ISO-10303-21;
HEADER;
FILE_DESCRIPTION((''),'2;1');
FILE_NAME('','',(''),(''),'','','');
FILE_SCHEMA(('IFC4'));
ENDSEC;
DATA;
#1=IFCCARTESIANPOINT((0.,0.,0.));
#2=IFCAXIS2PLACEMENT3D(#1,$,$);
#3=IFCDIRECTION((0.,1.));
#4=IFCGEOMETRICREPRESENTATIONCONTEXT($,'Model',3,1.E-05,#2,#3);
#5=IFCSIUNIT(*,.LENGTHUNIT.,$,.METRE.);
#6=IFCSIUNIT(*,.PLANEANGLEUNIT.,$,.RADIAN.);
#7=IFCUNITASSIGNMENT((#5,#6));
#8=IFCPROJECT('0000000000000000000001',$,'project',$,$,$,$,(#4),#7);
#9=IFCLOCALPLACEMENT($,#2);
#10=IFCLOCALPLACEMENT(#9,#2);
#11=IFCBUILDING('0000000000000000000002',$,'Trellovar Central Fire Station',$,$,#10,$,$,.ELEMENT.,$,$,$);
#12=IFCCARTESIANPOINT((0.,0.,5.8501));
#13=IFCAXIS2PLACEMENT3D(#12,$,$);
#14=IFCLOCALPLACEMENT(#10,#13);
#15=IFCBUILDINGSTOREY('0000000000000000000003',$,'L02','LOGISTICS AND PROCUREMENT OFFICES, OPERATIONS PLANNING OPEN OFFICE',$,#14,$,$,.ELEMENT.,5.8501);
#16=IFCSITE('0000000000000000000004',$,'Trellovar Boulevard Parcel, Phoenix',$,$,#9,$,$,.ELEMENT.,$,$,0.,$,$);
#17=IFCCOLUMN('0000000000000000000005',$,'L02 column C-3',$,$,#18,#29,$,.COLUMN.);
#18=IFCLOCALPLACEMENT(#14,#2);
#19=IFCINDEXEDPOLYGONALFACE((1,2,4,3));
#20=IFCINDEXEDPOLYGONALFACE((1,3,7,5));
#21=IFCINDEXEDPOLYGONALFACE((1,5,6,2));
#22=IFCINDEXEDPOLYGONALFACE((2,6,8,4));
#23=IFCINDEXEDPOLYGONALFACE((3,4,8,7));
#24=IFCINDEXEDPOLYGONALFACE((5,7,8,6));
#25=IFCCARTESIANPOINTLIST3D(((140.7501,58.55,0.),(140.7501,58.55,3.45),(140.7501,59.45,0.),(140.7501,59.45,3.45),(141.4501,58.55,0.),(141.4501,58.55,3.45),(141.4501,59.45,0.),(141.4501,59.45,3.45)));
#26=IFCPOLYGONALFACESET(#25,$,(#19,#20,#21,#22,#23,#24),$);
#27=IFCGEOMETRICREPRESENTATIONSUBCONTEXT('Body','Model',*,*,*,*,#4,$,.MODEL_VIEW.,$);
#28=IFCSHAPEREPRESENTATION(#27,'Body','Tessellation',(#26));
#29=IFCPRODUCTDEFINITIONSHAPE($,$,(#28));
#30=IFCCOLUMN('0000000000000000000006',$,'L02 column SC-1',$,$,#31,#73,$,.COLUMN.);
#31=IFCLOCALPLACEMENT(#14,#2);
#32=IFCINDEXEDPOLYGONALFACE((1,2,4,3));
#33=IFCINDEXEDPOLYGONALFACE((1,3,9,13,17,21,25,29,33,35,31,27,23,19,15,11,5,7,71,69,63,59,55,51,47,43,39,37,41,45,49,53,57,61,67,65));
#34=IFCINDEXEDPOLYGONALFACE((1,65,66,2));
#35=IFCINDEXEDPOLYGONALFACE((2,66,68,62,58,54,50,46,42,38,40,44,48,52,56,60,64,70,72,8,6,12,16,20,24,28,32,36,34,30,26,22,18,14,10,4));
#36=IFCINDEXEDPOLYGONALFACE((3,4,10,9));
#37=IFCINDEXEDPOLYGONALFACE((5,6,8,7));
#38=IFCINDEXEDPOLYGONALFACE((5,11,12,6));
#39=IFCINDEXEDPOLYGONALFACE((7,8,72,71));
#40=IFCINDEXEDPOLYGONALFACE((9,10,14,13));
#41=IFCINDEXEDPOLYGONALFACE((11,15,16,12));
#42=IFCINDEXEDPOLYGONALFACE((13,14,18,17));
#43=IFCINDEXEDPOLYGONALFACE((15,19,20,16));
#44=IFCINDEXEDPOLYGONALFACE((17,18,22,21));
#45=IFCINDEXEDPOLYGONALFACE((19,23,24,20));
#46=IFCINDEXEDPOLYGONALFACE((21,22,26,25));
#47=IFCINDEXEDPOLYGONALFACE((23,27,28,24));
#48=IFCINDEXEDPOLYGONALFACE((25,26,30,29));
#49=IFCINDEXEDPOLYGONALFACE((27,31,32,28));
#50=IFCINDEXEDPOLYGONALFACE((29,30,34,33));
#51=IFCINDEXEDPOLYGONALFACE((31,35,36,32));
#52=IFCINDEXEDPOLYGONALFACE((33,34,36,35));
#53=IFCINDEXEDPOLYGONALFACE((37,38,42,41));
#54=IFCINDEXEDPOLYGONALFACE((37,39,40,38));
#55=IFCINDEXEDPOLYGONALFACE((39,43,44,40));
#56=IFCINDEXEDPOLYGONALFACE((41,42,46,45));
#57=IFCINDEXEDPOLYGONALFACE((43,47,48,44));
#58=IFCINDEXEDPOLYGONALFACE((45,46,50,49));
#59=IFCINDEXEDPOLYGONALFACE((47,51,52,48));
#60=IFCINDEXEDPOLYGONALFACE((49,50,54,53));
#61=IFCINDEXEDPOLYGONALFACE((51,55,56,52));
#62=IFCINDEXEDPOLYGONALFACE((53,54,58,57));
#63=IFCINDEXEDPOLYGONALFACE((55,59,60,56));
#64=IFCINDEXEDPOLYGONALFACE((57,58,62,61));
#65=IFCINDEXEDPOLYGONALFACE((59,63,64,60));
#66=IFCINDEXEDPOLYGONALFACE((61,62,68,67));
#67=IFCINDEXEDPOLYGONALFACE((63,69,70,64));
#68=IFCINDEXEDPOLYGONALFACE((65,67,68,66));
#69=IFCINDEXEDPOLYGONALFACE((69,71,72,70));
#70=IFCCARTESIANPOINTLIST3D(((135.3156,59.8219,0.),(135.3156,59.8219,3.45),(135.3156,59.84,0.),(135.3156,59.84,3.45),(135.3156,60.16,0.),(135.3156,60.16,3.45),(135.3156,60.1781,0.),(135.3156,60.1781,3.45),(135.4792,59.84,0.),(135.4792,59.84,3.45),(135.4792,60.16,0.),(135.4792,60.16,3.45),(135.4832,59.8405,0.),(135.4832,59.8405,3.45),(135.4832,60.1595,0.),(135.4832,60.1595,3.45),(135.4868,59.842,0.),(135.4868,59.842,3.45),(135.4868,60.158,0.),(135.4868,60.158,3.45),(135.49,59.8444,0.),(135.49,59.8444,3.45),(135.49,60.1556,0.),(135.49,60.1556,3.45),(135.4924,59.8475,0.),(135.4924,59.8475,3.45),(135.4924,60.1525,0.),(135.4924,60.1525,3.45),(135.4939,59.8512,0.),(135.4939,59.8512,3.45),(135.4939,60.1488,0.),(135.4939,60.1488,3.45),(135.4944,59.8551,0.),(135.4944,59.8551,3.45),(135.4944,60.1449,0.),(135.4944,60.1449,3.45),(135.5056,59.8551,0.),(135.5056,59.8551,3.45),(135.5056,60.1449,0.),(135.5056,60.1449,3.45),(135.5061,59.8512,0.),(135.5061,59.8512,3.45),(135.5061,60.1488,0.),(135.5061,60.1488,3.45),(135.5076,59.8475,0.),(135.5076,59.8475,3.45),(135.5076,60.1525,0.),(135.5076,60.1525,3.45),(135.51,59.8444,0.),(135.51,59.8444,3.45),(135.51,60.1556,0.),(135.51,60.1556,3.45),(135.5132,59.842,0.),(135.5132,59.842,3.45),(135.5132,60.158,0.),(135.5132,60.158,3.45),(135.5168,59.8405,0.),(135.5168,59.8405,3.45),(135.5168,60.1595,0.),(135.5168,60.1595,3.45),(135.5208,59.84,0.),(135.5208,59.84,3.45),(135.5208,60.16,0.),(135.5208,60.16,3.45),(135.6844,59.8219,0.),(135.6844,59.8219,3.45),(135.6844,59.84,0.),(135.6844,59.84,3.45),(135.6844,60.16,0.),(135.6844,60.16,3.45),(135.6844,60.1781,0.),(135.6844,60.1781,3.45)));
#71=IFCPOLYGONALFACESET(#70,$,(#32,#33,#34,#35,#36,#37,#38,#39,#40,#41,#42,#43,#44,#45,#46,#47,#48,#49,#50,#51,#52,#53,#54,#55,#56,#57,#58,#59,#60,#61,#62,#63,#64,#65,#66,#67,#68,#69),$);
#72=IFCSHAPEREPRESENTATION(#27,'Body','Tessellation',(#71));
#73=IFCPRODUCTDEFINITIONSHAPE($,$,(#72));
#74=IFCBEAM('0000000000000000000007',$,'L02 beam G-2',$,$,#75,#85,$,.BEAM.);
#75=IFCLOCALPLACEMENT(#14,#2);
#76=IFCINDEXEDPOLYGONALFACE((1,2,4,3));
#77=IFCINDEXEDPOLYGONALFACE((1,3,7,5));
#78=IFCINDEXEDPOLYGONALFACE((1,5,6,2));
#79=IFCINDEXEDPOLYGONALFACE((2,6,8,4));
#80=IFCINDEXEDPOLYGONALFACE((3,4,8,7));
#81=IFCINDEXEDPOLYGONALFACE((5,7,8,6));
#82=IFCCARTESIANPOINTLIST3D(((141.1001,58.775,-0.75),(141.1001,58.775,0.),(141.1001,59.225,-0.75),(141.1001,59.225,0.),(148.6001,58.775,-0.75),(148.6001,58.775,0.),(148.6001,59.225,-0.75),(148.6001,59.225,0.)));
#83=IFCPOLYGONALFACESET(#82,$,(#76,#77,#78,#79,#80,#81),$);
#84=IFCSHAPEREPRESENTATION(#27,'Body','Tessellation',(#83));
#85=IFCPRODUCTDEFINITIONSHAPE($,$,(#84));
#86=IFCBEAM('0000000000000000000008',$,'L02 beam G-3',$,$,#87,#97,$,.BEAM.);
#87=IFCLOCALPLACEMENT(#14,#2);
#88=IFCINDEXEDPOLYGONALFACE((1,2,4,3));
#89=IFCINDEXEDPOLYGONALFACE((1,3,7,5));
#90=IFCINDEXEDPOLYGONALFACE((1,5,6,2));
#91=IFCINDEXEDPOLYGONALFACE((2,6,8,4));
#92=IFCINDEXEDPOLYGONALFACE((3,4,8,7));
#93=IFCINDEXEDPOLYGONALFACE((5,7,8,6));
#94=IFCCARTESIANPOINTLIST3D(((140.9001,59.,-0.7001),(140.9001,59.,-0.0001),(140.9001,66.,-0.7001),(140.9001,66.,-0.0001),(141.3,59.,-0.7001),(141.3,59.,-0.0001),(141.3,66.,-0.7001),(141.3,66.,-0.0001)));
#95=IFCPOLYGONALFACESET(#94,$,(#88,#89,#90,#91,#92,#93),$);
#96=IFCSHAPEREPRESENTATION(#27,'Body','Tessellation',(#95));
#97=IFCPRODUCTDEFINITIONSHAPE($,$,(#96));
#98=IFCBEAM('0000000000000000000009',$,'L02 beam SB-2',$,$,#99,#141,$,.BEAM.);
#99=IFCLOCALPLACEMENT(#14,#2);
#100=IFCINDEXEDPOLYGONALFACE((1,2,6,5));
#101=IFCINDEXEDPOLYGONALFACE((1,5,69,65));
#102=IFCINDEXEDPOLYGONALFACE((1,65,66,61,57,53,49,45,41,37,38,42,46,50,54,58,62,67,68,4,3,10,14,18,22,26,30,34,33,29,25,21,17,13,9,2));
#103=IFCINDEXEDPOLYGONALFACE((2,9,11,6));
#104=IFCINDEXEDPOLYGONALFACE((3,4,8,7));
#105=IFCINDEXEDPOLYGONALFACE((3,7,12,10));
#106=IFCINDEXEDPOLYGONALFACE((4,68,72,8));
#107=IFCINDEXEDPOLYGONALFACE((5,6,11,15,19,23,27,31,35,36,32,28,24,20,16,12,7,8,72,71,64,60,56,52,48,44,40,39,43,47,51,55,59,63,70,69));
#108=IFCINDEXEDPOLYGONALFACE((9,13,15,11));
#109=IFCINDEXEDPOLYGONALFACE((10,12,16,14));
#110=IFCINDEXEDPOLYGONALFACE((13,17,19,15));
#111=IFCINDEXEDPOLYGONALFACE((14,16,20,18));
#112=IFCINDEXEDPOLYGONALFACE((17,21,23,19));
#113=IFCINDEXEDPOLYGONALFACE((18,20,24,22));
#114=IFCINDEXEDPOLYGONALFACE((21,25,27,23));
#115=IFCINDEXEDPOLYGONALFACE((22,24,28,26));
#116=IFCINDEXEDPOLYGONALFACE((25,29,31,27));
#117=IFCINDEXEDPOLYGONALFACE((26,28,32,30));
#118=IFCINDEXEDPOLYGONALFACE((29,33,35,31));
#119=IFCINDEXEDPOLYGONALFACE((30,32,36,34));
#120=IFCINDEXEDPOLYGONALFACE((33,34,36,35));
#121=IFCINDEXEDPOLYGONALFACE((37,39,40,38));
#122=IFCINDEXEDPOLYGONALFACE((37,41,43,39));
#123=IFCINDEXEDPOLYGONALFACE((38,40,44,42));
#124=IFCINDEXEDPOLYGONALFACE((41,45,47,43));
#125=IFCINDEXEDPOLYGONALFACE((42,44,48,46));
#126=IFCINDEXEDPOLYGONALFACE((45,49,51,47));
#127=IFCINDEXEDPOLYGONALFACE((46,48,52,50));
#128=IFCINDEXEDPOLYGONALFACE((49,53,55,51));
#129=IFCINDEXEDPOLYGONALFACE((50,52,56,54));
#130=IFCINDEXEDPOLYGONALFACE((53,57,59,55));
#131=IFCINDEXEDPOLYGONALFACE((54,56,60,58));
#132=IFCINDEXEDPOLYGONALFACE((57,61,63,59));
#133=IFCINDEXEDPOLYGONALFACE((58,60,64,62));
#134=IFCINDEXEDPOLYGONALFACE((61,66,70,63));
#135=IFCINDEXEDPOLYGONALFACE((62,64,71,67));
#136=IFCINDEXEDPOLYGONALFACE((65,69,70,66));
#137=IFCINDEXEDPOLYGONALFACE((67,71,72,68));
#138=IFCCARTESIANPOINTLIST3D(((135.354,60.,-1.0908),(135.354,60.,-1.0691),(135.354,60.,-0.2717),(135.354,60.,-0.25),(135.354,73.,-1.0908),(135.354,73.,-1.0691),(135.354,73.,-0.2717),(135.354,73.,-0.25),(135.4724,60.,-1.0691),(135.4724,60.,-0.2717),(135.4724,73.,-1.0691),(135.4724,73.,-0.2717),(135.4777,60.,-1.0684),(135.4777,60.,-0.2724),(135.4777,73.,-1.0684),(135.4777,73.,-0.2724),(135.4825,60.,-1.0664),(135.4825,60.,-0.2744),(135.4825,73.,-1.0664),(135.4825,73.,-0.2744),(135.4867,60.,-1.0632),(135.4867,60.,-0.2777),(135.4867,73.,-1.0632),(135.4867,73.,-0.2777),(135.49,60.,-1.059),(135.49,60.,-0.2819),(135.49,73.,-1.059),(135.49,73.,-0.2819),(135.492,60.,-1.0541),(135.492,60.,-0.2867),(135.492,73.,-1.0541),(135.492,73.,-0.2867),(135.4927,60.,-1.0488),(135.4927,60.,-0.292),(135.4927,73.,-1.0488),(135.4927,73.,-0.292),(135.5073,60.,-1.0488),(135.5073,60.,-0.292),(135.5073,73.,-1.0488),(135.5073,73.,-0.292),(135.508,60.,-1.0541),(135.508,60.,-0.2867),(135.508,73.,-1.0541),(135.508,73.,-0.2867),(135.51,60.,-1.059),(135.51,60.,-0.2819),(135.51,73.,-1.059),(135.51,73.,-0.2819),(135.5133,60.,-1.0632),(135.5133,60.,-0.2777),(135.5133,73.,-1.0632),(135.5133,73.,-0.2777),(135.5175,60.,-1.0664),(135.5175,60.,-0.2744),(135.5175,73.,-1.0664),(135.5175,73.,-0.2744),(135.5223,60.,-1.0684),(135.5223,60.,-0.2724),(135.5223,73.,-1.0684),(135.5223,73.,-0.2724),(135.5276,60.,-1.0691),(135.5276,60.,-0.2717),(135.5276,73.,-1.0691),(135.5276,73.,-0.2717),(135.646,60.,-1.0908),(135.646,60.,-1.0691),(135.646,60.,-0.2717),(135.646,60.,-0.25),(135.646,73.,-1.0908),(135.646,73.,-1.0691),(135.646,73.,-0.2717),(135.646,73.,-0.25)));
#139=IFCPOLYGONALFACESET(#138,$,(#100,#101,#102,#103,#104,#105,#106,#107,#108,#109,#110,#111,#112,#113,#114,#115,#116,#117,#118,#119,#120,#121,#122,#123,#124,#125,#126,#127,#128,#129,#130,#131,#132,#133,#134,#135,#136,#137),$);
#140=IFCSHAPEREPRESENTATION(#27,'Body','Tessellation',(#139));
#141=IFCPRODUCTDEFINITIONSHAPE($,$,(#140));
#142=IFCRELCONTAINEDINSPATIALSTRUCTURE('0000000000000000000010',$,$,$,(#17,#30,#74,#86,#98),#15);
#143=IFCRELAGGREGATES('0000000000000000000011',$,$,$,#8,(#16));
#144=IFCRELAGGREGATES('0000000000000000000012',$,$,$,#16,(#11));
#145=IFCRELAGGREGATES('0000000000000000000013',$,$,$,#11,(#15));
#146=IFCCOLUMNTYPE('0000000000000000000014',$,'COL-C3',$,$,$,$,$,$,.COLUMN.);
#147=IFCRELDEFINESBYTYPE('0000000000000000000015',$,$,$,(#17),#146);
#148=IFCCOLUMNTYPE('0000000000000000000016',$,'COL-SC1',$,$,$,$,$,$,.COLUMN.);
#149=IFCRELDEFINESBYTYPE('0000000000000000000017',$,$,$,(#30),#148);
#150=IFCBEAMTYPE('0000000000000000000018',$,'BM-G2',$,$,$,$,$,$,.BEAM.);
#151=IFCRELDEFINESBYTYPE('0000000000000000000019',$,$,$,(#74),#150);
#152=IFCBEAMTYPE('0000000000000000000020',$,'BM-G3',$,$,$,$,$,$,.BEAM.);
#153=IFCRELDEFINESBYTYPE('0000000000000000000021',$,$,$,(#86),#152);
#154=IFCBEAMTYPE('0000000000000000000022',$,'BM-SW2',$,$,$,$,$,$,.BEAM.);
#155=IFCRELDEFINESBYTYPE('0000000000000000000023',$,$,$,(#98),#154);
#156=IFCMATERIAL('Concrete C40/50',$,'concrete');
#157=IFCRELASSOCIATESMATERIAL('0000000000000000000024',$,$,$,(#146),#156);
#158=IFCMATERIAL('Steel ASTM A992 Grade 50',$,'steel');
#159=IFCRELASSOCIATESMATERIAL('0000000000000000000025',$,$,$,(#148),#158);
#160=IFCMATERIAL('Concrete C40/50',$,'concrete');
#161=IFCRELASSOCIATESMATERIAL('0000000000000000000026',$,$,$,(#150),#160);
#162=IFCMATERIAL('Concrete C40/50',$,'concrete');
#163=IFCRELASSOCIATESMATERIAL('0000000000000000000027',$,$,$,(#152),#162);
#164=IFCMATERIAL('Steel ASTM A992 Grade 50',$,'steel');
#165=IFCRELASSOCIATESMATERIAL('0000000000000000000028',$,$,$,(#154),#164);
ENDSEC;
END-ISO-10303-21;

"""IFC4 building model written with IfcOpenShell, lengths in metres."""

from ifc_helpers import new_model, si_unit, direction, frame, origin, origin_2d, place, context, subcontext, project, spatial, rectangle, i_section, extrude, material, material_profile, profile_set, type_object, element, save


model = new_model("IFC4")

# Units and contexts
model_context = context("Model", 3, precision=1e-05, world=origin(), true_north=direction((0.0, 1.0)))
body_context = subcontext(model_context, "Body", "Model", "MODEL_VIEW")
ifc_project = project(units=[si_unit("LENGTHUNIT", "METRE"), si_unit("PLANEANGLEUNIT", "RADIAN")], contexts=[model_context])

# Site, building, storey
site_placement = place(None, origin())
site = spatial("IfcSite", under=ifc_project, at=site_placement, Name="Trellovar Boulevard Parcel, Phoenix", CompositionType="ELEMENT", RefElevation=0.0)
building_placement = place(site_placement, origin())
building = spatial("IfcBuilding", under=site, at=building_placement, Name="Trellovar Central Fire Station", CompositionType="ELEMENT")
storey_placement = place(building_placement, frame((0.0, 0.0, 5.8501)))
storey = spatial("IfcBuildingStorey", under=building, at=storey_placement, Name="L02", Description="LOGISTICS AND PROCUREMENT OFFICES, OPERATIONS PLANNING OPEN OFFICE", CompositionType="ELEMENT", Elevation=5.8501)

# Columns
ifc_material_1 = material(Name="Concrete C40/50", Category="concrete")
ifc_material_profile_1 = material_profile(ifc_material_1, rectangle(XDim=0.7, YDim=0.8999, at=origin_2d()), Name="RC700X900")
ifc_profile_set_1 = profile_set([ifc_material_profile_1], Name="Concrete C40/50")
column_type_1 = type_object("IfcColumnType", Name="COL-C3", PredefinedType="COLUMN", material=ifc_profile_set_1)
column_1_placement = place(storey_placement, frame((141.1001, 59.0, 0.0), z_axis=(0.0, 0.0, 1.0), x_axis=(1.0, 0.0, 0.0)))
element("IfcColumn", 1, at=column_1_placement, inside=storey, type_object=column_type_1, Name="L02 column C-3", PredefinedType="COLUMN", context=body_context, shape_type="SweptSolid", body=[
    extrude(rectangle(XDim=0.7, YDim=0.8999, at=origin_2d()), origin(), (0.0, 0.0, 1.0), 3.45),
])
ifc_material_2 = material(Name="Steel ASTM A992 Grade 50", Category="steel")
ifc_material_profile_2 = material_profile(ifc_material_2, i_section(OverallWidth=0.3689, OverallDepth=0.3562, WebThickness=0.0112, FlangeThickness=0.0181, FilletRadius=0.0151, at=origin_2d()), Name="W14X90")
ifc_profile_set_2 = profile_set([ifc_material_profile_2], Name="Steel ASTM A992 Grade 50")
column_type_2 = type_object("IfcColumnType", Name="COL-SC1", PredefinedType="COLUMN", material=ifc_profile_set_2)
column_2_placement = place(storey_placement, frame((135.5, 60.0, 0.0), z_axis=(0.0, 0.0, 1.0), x_axis=(1.0, 0.0, 0.0)))
element("IfcColumn", 2, at=column_2_placement, inside=storey, type_object=column_type_2, Name="L02 column SC-1", PredefinedType="COLUMN", context=body_context, shape_type="SweptSolid", body=[
    extrude(i_section(OverallWidth=0.3689, OverallDepth=0.3562, WebThickness=0.0112, FlangeThickness=0.0181, FilletRadius=0.0151, at=origin_2d()), origin(), (0.0, 0.0, 1.0), 3.45),
])

# Beams
ifc_material_3 = material(Name="Concrete C40/50", Category="concrete")
ifc_material_profile_3 = material_profile(ifc_material_3, rectangle(XDim=0.45, YDim=0.75, at=origin_2d()), Name="RC450X750")
ifc_profile_set_3 = profile_set([ifc_material_profile_3], Name="Concrete C40/50")
beam_type_1 = type_object("IfcBeamType", Name="BM-G2", PredefinedType="BEAM", material=ifc_profile_set_3)
beam_1_placement = place(storey_placement, frame((141.1001, 59.0, -0.375), z_axis=(1.0, 0.0, 0.0), x_axis=(0.0, 1.0, 0.0)))
element("IfcBeam", 3, at=beam_1_placement, inside=storey, type_object=beam_type_1, Name="L02 beam G-2", PredefinedType="BEAM", context=body_context, shape_type="SweptSolid", body=[
    extrude(rectangle(XDim=0.45, YDim=0.75, at=origin_2d()), origin(), (0.0, 0.0, 1.0), 7.5),
])
ifc_material_4 = material(Name="Concrete C40/50", Category="concrete")
ifc_material_profile_4 = material_profile(ifc_material_4, rectangle(XDim=0.3999, YDim=0.7, at=origin_2d()), Name="RC400X700")
ifc_profile_set_4 = profile_set([ifc_material_profile_4], Name="Concrete C40/50")
beam_type_2 = type_object("IfcBeamType", Name="BM-G3", PredefinedType="BEAM", material=ifc_profile_set_4)
beam_2_placement = place(storey_placement, frame((141.1001, 59.0, -0.3501), z_axis=(0.0, 1.0, 0.0), x_axis=(-1.0, 0.0, 0.0)))
element("IfcBeam", 4, at=beam_2_placement, inside=storey, type_object=beam_type_2, Name="L02 beam G-3", PredefinedType="BEAM", context=body_context, shape_type="SweptSolid", body=[
    extrude(rectangle(XDim=0.3999, YDim=0.7, at=origin_2d()), origin(), (0.0, 0.0, 1.0), 7.0),
])
ifc_material_5 = material(Name="Steel ASTM A992 Grade 50", Category="steel")
ifc_material_profile_5 = material_profile(ifc_material_5, i_section(OverallWidth=0.292, OverallDepth=0.8408, WebThickness=0.0146, FlangeThickness=0.0217, FilletRadius=0.0203, at=origin_2d()), Name="W33X130")
ifc_profile_set_5 = profile_set([ifc_material_profile_5], Name="Steel ASTM A992 Grade 50")
beam_type_3 = type_object("IfcBeamType", Name="BM-SW2", PredefinedType="BEAM", material=ifc_profile_set_5)
beam_3_placement = place(storey_placement, frame((135.5, 60.0, -0.6704), z_axis=(0.0, 1.0, 0.0), x_axis=(-1.0, 0.0, 0.0)))
element("IfcBeam", 5, at=beam_3_placement, inside=storey, type_object=beam_type_3, Name="L02 beam SB-2", PredefinedType="BEAM", context=body_context, shape_type="SweptSolid", body=[
    extrude(i_section(OverallWidth=0.292, OverallDepth=0.8408, WebThickness=0.0146, FlangeThickness=0.0217, FilletRadius=0.0203, at=origin_2d()), origin(), (0.0, 0.0, 1.0), 13.0),
])

save(model, "model.ifc")
